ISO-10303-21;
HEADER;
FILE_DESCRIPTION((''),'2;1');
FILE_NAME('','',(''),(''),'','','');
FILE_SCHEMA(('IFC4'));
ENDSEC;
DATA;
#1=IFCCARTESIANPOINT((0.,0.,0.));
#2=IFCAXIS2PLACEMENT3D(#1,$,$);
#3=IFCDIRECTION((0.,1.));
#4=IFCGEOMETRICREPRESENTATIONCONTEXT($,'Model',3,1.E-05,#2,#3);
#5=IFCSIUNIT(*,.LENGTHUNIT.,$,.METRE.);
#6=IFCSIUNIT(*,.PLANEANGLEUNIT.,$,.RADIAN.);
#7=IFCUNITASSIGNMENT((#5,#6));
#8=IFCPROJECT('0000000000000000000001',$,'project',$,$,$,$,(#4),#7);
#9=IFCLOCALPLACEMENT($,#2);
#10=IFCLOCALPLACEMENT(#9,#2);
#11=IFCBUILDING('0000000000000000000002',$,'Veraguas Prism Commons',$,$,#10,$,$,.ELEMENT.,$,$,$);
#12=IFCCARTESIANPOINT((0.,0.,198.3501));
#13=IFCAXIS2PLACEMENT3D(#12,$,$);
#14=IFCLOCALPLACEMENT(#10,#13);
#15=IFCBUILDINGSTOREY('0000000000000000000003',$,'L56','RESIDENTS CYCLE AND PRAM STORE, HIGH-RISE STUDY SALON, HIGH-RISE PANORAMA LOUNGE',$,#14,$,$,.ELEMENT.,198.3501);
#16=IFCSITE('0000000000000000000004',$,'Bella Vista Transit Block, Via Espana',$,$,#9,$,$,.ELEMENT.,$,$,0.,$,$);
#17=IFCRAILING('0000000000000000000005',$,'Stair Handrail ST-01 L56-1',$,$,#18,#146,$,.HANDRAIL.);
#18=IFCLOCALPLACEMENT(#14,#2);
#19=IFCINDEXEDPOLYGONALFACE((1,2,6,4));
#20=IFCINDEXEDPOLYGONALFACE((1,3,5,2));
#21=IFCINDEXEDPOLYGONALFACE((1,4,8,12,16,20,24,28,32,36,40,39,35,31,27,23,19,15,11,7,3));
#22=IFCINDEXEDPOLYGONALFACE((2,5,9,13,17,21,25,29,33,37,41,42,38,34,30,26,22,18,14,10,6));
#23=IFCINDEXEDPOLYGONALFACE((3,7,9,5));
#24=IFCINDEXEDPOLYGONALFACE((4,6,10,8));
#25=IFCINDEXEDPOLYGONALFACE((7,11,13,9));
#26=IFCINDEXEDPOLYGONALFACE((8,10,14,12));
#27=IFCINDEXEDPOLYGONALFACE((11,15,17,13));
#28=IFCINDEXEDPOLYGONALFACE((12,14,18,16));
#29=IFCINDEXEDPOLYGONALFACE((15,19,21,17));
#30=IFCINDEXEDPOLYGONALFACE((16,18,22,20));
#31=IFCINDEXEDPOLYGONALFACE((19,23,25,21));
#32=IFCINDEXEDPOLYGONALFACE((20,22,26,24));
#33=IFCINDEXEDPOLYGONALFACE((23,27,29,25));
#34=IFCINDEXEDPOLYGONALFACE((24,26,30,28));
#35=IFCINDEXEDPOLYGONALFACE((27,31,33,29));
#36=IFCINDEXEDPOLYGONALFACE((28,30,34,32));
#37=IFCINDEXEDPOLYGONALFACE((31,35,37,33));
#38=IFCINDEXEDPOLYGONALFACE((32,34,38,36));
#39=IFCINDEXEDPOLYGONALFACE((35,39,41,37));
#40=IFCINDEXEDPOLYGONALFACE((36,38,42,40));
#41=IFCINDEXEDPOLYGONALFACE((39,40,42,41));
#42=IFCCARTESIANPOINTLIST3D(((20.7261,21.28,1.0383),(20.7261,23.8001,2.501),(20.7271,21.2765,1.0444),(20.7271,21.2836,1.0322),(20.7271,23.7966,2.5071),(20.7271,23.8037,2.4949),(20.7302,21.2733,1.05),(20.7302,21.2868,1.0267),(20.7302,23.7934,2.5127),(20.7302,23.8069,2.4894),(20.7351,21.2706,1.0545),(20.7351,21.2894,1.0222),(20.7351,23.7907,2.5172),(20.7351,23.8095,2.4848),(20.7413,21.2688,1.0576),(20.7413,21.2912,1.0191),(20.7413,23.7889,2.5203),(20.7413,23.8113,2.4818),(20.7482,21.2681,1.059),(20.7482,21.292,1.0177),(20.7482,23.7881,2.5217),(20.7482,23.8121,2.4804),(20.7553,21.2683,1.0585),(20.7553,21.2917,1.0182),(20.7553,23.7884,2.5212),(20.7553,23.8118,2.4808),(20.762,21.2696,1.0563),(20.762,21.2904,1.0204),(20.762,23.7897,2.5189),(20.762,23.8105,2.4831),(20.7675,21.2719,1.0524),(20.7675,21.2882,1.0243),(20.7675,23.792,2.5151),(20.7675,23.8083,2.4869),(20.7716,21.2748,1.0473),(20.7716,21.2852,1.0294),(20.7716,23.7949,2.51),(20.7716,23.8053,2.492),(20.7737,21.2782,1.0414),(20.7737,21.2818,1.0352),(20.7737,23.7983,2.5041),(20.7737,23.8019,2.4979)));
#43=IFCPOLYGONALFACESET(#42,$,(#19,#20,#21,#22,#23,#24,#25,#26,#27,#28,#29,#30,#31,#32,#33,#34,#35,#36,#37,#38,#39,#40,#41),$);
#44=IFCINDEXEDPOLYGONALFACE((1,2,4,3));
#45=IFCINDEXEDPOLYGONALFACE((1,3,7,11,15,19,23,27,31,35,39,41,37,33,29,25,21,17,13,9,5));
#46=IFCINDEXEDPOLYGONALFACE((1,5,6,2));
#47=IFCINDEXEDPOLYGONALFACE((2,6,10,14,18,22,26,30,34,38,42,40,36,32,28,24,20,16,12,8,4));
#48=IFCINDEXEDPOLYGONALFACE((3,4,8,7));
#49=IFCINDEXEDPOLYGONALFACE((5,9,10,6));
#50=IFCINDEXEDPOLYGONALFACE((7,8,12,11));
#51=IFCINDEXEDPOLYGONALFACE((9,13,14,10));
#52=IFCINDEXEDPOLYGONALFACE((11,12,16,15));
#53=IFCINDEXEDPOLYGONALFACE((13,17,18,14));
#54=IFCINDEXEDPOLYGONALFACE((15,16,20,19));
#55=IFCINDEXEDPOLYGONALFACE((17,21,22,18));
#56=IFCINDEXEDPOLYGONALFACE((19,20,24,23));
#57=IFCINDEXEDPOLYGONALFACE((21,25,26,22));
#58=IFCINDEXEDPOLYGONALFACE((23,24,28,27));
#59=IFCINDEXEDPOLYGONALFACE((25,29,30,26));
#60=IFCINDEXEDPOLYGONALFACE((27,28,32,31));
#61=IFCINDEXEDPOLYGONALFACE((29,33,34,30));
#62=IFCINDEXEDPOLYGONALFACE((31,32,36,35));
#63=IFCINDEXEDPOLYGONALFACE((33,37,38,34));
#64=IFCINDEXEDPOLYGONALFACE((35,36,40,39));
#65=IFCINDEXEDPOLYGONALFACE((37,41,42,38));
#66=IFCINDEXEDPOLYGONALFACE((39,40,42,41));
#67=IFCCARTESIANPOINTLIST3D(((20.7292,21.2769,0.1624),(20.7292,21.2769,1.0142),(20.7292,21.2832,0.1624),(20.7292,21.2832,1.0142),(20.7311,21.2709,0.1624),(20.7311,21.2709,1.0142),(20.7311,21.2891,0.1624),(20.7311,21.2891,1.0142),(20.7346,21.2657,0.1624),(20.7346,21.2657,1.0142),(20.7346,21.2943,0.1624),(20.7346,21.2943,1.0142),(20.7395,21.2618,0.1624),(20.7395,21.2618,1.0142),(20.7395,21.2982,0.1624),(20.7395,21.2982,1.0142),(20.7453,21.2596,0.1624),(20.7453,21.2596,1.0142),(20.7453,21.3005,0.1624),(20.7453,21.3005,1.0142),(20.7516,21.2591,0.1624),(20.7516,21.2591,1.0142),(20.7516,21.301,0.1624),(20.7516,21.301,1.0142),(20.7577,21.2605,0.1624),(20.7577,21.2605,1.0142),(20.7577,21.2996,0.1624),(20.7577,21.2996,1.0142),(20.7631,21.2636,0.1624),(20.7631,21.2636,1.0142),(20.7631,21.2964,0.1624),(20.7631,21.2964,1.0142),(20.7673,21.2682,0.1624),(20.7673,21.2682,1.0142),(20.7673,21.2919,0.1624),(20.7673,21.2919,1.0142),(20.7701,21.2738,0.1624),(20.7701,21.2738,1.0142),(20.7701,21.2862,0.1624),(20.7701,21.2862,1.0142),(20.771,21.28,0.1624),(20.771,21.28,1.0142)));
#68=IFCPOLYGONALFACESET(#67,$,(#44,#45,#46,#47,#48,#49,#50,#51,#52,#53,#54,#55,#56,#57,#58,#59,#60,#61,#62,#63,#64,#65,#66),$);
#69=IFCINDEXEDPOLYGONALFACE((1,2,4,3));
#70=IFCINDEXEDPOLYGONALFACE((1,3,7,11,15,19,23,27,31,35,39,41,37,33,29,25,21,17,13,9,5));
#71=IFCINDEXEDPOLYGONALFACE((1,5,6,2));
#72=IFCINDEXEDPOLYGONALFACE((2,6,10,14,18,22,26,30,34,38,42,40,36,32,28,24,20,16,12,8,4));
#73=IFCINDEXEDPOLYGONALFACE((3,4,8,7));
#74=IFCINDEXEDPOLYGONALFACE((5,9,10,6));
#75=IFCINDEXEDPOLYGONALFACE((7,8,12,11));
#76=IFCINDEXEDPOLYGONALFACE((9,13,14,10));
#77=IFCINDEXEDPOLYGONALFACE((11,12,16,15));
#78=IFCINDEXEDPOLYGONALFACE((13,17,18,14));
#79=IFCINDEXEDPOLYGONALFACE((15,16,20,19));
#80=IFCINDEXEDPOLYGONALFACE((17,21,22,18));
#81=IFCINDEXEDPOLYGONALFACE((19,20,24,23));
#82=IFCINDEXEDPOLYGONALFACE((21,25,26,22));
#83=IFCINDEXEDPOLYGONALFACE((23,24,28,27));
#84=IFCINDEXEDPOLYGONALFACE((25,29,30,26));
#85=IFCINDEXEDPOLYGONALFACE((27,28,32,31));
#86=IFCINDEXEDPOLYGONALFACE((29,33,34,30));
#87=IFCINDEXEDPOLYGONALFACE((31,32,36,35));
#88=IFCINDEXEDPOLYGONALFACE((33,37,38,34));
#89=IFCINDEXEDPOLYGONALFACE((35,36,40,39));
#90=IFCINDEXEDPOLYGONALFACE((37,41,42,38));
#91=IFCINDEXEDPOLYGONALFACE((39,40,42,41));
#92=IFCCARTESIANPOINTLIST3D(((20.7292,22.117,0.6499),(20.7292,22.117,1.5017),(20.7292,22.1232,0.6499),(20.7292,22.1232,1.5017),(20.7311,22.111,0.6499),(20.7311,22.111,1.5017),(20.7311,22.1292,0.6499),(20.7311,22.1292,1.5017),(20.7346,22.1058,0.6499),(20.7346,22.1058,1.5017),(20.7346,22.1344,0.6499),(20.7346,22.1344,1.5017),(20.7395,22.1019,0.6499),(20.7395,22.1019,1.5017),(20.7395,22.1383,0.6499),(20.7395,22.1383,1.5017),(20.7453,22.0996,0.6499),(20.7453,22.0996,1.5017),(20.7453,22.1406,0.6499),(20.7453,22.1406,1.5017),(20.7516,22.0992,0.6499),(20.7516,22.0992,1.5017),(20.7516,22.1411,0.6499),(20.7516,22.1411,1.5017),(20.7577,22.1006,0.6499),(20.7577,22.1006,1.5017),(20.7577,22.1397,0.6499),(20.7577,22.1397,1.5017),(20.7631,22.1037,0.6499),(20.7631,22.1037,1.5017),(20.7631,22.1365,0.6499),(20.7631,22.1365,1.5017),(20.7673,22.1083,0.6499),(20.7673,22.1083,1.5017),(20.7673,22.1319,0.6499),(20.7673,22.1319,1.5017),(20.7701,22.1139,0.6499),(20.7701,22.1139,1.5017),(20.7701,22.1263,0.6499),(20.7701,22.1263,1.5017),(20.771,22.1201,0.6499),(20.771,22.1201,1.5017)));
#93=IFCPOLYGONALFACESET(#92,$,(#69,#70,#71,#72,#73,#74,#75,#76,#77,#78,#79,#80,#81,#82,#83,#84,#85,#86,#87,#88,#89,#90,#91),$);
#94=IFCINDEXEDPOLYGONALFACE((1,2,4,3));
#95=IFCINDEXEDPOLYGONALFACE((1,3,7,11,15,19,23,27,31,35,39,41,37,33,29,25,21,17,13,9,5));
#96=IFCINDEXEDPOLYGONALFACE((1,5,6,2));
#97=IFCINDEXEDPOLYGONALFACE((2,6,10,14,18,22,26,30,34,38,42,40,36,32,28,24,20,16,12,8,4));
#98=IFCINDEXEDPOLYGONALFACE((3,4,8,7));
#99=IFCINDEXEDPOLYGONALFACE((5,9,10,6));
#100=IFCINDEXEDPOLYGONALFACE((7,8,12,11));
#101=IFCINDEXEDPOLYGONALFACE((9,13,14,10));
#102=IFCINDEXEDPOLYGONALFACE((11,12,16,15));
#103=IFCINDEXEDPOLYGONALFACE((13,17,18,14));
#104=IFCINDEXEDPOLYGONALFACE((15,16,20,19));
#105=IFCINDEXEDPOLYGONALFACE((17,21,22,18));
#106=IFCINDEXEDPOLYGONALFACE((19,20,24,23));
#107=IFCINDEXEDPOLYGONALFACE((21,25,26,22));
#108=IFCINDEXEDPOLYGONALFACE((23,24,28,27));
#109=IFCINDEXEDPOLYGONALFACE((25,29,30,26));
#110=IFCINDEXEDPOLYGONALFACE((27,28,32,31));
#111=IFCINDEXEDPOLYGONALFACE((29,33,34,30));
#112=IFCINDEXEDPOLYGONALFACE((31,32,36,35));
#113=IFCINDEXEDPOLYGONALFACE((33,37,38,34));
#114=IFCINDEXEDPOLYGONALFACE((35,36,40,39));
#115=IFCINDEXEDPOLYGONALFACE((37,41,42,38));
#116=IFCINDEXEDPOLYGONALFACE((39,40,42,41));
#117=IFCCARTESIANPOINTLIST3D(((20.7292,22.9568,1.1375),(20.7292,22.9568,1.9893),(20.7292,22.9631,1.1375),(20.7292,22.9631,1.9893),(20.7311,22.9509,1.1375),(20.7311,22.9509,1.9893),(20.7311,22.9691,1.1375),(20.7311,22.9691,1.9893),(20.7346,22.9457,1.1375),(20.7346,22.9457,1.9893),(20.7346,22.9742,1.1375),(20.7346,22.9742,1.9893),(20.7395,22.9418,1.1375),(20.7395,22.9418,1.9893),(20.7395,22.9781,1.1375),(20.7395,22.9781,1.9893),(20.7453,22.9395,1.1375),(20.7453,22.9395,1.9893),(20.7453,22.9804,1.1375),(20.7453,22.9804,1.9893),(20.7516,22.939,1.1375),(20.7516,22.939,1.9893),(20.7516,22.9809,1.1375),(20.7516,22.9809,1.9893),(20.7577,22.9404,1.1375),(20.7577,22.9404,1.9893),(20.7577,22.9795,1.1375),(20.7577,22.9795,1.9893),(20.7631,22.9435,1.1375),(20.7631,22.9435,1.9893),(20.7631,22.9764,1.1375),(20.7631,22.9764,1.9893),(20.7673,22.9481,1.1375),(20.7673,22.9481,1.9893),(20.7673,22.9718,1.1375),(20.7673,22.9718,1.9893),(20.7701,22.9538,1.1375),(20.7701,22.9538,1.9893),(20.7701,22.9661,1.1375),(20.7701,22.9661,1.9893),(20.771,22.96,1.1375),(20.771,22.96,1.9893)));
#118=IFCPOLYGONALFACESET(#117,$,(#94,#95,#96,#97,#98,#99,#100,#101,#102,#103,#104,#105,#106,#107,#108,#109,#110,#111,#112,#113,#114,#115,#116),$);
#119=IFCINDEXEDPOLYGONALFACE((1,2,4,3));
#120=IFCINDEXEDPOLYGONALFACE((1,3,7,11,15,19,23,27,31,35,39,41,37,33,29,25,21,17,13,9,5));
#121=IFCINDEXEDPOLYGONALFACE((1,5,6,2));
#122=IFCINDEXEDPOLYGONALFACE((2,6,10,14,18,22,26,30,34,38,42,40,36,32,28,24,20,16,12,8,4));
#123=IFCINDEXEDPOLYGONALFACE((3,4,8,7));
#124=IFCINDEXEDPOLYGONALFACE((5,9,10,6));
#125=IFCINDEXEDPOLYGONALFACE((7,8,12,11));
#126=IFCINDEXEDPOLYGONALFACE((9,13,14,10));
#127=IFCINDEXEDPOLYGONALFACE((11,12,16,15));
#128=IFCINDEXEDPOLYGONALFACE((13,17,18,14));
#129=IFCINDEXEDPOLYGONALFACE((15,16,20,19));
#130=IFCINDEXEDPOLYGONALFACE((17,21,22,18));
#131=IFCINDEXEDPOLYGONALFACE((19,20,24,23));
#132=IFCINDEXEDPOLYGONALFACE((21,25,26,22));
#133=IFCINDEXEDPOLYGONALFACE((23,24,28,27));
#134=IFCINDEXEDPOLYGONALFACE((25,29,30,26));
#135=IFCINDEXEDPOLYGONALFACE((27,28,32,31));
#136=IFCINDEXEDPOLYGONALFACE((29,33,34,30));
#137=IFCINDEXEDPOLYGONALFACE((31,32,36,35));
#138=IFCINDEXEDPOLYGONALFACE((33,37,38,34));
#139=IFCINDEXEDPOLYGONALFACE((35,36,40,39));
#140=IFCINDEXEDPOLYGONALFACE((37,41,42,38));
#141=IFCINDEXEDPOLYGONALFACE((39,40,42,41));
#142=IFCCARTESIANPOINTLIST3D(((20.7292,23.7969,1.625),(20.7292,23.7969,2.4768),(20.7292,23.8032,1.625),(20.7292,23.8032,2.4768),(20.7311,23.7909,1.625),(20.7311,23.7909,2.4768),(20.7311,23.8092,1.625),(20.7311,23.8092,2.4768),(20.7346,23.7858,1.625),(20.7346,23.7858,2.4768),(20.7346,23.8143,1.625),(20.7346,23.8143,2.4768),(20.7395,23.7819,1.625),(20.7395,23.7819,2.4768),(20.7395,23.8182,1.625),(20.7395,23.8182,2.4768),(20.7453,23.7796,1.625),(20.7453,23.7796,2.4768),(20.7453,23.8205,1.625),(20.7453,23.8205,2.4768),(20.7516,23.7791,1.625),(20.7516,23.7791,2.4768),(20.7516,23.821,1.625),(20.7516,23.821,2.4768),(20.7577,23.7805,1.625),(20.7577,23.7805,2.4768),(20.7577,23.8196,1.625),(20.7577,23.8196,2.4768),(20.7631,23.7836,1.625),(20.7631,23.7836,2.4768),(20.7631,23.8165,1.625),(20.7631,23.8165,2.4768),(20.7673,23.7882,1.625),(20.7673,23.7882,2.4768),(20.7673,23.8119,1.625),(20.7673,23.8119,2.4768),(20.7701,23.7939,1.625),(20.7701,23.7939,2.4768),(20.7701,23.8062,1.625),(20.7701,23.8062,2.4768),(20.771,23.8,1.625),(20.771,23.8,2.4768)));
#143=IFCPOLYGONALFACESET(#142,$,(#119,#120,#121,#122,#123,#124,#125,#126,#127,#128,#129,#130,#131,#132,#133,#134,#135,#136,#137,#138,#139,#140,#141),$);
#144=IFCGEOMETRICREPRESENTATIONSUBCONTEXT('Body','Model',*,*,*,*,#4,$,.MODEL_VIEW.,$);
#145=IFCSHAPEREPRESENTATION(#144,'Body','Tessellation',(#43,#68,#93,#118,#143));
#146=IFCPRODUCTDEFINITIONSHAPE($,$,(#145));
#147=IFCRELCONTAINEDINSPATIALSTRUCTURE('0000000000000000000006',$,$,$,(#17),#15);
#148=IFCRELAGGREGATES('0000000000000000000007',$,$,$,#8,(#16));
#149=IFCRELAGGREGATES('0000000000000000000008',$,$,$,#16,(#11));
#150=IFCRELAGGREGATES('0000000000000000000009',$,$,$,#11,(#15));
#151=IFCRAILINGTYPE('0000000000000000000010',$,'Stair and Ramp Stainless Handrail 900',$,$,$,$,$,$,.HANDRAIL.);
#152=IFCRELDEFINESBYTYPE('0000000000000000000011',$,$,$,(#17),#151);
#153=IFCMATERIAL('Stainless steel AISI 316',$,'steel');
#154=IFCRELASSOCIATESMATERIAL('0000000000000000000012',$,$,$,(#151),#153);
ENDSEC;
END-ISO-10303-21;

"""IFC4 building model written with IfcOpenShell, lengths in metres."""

from ifc_helpers import new_model, si_unit, direction, frame, origin, origin_2d, place, context, subcontext, project, spatial, circle, extrude, material, type_object, element, save


model = new_model("IFC4")

# Units and contexts
model_context = context("Model", 3, precision=1e-05, world=origin(), true_north=direction((0.0, 1.0)))
body_context = subcontext(model_context, "Body", "Model", "MODEL_VIEW")
ifc_project = project(units=[si_unit("LENGTHUNIT", "METRE"), si_unit("PLANEANGLEUNIT", "RADIAN")], contexts=[model_context])

# Site, building, storey
site_placement = place(None, origin())
site = spatial("IfcSite", under=ifc_project, at=site_placement, Name="Bella Vista Transit Block, Via Espana", CompositionType="ELEMENT", RefElevation=0.0)
building_placement = place(site_placement, origin())
building = spatial("IfcBuilding", under=site, at=building_placement, Name="Veraguas Prism Commons", CompositionType="ELEMENT")
storey_placement = place(building_placement, frame((0.0, 0.0, 198.3501)))
storey = spatial("IfcBuildingStorey", under=building, at=storey_placement, Name="L56", Description="RESIDENTS CYCLE AND PRAM STORE, HIGH-RISE STUDY SALON, HIGH-RISE PANORAMA LOUNGE", CompositionType="ELEMENT", Elevation=198.3501)

# Railing
ifc_material_1 = material(Name="Stainless steel AISI 316", Category="steel")
railing_type_1 = type_object("IfcRailingType", Name="Stair and Ramp Stainless Handrail 900", PredefinedType="HANDRAIL", material=ifc_material_1)
railing_1_placement = place(storey_placement, frame((20.75, 21.28, 0.1624)))
element("IfcRailing", 1, at=railing_1_placement, inside=storey, type_object=railing_type_1, Name="Stair Handrail ST-01 L56-1", PredefinedType="HANDRAIL", context=body_context, shape_type="SweptSolid", body=[
    extrude(circle(Radius=0.0239, at=origin_2d()), frame((0.0, 0.0, 0.876), z_axis=(0.0, 0.864877, 0.501984), x_axis=(-1.0, 0.0, 0.0)), (0.0, 0.0, 1.0), 2.9138),
    extrude(circle(Radius=0.021, at=origin_2d()), origin(), (0.0, 0.0, 1.0), 0.8518),
    extrude(circle(Radius=0.021, at=origin_2d()), frame((0.0, 0.8401, 0.4875)), (0.0, 0.0, 1.0), 0.8518),
    extrude(circle(Radius=0.021, at=origin_2d()), frame((0.0, 1.6799, 0.9751)), (0.0, 0.0, 1.0), 0.8518),
    extrude(circle(Radius=0.021, at=origin_2d()), frame((0.0, 2.52, 1.4626)), (0.0, 0.0, 1.0), 0.8518),
])

save(model, "model.ifc")
